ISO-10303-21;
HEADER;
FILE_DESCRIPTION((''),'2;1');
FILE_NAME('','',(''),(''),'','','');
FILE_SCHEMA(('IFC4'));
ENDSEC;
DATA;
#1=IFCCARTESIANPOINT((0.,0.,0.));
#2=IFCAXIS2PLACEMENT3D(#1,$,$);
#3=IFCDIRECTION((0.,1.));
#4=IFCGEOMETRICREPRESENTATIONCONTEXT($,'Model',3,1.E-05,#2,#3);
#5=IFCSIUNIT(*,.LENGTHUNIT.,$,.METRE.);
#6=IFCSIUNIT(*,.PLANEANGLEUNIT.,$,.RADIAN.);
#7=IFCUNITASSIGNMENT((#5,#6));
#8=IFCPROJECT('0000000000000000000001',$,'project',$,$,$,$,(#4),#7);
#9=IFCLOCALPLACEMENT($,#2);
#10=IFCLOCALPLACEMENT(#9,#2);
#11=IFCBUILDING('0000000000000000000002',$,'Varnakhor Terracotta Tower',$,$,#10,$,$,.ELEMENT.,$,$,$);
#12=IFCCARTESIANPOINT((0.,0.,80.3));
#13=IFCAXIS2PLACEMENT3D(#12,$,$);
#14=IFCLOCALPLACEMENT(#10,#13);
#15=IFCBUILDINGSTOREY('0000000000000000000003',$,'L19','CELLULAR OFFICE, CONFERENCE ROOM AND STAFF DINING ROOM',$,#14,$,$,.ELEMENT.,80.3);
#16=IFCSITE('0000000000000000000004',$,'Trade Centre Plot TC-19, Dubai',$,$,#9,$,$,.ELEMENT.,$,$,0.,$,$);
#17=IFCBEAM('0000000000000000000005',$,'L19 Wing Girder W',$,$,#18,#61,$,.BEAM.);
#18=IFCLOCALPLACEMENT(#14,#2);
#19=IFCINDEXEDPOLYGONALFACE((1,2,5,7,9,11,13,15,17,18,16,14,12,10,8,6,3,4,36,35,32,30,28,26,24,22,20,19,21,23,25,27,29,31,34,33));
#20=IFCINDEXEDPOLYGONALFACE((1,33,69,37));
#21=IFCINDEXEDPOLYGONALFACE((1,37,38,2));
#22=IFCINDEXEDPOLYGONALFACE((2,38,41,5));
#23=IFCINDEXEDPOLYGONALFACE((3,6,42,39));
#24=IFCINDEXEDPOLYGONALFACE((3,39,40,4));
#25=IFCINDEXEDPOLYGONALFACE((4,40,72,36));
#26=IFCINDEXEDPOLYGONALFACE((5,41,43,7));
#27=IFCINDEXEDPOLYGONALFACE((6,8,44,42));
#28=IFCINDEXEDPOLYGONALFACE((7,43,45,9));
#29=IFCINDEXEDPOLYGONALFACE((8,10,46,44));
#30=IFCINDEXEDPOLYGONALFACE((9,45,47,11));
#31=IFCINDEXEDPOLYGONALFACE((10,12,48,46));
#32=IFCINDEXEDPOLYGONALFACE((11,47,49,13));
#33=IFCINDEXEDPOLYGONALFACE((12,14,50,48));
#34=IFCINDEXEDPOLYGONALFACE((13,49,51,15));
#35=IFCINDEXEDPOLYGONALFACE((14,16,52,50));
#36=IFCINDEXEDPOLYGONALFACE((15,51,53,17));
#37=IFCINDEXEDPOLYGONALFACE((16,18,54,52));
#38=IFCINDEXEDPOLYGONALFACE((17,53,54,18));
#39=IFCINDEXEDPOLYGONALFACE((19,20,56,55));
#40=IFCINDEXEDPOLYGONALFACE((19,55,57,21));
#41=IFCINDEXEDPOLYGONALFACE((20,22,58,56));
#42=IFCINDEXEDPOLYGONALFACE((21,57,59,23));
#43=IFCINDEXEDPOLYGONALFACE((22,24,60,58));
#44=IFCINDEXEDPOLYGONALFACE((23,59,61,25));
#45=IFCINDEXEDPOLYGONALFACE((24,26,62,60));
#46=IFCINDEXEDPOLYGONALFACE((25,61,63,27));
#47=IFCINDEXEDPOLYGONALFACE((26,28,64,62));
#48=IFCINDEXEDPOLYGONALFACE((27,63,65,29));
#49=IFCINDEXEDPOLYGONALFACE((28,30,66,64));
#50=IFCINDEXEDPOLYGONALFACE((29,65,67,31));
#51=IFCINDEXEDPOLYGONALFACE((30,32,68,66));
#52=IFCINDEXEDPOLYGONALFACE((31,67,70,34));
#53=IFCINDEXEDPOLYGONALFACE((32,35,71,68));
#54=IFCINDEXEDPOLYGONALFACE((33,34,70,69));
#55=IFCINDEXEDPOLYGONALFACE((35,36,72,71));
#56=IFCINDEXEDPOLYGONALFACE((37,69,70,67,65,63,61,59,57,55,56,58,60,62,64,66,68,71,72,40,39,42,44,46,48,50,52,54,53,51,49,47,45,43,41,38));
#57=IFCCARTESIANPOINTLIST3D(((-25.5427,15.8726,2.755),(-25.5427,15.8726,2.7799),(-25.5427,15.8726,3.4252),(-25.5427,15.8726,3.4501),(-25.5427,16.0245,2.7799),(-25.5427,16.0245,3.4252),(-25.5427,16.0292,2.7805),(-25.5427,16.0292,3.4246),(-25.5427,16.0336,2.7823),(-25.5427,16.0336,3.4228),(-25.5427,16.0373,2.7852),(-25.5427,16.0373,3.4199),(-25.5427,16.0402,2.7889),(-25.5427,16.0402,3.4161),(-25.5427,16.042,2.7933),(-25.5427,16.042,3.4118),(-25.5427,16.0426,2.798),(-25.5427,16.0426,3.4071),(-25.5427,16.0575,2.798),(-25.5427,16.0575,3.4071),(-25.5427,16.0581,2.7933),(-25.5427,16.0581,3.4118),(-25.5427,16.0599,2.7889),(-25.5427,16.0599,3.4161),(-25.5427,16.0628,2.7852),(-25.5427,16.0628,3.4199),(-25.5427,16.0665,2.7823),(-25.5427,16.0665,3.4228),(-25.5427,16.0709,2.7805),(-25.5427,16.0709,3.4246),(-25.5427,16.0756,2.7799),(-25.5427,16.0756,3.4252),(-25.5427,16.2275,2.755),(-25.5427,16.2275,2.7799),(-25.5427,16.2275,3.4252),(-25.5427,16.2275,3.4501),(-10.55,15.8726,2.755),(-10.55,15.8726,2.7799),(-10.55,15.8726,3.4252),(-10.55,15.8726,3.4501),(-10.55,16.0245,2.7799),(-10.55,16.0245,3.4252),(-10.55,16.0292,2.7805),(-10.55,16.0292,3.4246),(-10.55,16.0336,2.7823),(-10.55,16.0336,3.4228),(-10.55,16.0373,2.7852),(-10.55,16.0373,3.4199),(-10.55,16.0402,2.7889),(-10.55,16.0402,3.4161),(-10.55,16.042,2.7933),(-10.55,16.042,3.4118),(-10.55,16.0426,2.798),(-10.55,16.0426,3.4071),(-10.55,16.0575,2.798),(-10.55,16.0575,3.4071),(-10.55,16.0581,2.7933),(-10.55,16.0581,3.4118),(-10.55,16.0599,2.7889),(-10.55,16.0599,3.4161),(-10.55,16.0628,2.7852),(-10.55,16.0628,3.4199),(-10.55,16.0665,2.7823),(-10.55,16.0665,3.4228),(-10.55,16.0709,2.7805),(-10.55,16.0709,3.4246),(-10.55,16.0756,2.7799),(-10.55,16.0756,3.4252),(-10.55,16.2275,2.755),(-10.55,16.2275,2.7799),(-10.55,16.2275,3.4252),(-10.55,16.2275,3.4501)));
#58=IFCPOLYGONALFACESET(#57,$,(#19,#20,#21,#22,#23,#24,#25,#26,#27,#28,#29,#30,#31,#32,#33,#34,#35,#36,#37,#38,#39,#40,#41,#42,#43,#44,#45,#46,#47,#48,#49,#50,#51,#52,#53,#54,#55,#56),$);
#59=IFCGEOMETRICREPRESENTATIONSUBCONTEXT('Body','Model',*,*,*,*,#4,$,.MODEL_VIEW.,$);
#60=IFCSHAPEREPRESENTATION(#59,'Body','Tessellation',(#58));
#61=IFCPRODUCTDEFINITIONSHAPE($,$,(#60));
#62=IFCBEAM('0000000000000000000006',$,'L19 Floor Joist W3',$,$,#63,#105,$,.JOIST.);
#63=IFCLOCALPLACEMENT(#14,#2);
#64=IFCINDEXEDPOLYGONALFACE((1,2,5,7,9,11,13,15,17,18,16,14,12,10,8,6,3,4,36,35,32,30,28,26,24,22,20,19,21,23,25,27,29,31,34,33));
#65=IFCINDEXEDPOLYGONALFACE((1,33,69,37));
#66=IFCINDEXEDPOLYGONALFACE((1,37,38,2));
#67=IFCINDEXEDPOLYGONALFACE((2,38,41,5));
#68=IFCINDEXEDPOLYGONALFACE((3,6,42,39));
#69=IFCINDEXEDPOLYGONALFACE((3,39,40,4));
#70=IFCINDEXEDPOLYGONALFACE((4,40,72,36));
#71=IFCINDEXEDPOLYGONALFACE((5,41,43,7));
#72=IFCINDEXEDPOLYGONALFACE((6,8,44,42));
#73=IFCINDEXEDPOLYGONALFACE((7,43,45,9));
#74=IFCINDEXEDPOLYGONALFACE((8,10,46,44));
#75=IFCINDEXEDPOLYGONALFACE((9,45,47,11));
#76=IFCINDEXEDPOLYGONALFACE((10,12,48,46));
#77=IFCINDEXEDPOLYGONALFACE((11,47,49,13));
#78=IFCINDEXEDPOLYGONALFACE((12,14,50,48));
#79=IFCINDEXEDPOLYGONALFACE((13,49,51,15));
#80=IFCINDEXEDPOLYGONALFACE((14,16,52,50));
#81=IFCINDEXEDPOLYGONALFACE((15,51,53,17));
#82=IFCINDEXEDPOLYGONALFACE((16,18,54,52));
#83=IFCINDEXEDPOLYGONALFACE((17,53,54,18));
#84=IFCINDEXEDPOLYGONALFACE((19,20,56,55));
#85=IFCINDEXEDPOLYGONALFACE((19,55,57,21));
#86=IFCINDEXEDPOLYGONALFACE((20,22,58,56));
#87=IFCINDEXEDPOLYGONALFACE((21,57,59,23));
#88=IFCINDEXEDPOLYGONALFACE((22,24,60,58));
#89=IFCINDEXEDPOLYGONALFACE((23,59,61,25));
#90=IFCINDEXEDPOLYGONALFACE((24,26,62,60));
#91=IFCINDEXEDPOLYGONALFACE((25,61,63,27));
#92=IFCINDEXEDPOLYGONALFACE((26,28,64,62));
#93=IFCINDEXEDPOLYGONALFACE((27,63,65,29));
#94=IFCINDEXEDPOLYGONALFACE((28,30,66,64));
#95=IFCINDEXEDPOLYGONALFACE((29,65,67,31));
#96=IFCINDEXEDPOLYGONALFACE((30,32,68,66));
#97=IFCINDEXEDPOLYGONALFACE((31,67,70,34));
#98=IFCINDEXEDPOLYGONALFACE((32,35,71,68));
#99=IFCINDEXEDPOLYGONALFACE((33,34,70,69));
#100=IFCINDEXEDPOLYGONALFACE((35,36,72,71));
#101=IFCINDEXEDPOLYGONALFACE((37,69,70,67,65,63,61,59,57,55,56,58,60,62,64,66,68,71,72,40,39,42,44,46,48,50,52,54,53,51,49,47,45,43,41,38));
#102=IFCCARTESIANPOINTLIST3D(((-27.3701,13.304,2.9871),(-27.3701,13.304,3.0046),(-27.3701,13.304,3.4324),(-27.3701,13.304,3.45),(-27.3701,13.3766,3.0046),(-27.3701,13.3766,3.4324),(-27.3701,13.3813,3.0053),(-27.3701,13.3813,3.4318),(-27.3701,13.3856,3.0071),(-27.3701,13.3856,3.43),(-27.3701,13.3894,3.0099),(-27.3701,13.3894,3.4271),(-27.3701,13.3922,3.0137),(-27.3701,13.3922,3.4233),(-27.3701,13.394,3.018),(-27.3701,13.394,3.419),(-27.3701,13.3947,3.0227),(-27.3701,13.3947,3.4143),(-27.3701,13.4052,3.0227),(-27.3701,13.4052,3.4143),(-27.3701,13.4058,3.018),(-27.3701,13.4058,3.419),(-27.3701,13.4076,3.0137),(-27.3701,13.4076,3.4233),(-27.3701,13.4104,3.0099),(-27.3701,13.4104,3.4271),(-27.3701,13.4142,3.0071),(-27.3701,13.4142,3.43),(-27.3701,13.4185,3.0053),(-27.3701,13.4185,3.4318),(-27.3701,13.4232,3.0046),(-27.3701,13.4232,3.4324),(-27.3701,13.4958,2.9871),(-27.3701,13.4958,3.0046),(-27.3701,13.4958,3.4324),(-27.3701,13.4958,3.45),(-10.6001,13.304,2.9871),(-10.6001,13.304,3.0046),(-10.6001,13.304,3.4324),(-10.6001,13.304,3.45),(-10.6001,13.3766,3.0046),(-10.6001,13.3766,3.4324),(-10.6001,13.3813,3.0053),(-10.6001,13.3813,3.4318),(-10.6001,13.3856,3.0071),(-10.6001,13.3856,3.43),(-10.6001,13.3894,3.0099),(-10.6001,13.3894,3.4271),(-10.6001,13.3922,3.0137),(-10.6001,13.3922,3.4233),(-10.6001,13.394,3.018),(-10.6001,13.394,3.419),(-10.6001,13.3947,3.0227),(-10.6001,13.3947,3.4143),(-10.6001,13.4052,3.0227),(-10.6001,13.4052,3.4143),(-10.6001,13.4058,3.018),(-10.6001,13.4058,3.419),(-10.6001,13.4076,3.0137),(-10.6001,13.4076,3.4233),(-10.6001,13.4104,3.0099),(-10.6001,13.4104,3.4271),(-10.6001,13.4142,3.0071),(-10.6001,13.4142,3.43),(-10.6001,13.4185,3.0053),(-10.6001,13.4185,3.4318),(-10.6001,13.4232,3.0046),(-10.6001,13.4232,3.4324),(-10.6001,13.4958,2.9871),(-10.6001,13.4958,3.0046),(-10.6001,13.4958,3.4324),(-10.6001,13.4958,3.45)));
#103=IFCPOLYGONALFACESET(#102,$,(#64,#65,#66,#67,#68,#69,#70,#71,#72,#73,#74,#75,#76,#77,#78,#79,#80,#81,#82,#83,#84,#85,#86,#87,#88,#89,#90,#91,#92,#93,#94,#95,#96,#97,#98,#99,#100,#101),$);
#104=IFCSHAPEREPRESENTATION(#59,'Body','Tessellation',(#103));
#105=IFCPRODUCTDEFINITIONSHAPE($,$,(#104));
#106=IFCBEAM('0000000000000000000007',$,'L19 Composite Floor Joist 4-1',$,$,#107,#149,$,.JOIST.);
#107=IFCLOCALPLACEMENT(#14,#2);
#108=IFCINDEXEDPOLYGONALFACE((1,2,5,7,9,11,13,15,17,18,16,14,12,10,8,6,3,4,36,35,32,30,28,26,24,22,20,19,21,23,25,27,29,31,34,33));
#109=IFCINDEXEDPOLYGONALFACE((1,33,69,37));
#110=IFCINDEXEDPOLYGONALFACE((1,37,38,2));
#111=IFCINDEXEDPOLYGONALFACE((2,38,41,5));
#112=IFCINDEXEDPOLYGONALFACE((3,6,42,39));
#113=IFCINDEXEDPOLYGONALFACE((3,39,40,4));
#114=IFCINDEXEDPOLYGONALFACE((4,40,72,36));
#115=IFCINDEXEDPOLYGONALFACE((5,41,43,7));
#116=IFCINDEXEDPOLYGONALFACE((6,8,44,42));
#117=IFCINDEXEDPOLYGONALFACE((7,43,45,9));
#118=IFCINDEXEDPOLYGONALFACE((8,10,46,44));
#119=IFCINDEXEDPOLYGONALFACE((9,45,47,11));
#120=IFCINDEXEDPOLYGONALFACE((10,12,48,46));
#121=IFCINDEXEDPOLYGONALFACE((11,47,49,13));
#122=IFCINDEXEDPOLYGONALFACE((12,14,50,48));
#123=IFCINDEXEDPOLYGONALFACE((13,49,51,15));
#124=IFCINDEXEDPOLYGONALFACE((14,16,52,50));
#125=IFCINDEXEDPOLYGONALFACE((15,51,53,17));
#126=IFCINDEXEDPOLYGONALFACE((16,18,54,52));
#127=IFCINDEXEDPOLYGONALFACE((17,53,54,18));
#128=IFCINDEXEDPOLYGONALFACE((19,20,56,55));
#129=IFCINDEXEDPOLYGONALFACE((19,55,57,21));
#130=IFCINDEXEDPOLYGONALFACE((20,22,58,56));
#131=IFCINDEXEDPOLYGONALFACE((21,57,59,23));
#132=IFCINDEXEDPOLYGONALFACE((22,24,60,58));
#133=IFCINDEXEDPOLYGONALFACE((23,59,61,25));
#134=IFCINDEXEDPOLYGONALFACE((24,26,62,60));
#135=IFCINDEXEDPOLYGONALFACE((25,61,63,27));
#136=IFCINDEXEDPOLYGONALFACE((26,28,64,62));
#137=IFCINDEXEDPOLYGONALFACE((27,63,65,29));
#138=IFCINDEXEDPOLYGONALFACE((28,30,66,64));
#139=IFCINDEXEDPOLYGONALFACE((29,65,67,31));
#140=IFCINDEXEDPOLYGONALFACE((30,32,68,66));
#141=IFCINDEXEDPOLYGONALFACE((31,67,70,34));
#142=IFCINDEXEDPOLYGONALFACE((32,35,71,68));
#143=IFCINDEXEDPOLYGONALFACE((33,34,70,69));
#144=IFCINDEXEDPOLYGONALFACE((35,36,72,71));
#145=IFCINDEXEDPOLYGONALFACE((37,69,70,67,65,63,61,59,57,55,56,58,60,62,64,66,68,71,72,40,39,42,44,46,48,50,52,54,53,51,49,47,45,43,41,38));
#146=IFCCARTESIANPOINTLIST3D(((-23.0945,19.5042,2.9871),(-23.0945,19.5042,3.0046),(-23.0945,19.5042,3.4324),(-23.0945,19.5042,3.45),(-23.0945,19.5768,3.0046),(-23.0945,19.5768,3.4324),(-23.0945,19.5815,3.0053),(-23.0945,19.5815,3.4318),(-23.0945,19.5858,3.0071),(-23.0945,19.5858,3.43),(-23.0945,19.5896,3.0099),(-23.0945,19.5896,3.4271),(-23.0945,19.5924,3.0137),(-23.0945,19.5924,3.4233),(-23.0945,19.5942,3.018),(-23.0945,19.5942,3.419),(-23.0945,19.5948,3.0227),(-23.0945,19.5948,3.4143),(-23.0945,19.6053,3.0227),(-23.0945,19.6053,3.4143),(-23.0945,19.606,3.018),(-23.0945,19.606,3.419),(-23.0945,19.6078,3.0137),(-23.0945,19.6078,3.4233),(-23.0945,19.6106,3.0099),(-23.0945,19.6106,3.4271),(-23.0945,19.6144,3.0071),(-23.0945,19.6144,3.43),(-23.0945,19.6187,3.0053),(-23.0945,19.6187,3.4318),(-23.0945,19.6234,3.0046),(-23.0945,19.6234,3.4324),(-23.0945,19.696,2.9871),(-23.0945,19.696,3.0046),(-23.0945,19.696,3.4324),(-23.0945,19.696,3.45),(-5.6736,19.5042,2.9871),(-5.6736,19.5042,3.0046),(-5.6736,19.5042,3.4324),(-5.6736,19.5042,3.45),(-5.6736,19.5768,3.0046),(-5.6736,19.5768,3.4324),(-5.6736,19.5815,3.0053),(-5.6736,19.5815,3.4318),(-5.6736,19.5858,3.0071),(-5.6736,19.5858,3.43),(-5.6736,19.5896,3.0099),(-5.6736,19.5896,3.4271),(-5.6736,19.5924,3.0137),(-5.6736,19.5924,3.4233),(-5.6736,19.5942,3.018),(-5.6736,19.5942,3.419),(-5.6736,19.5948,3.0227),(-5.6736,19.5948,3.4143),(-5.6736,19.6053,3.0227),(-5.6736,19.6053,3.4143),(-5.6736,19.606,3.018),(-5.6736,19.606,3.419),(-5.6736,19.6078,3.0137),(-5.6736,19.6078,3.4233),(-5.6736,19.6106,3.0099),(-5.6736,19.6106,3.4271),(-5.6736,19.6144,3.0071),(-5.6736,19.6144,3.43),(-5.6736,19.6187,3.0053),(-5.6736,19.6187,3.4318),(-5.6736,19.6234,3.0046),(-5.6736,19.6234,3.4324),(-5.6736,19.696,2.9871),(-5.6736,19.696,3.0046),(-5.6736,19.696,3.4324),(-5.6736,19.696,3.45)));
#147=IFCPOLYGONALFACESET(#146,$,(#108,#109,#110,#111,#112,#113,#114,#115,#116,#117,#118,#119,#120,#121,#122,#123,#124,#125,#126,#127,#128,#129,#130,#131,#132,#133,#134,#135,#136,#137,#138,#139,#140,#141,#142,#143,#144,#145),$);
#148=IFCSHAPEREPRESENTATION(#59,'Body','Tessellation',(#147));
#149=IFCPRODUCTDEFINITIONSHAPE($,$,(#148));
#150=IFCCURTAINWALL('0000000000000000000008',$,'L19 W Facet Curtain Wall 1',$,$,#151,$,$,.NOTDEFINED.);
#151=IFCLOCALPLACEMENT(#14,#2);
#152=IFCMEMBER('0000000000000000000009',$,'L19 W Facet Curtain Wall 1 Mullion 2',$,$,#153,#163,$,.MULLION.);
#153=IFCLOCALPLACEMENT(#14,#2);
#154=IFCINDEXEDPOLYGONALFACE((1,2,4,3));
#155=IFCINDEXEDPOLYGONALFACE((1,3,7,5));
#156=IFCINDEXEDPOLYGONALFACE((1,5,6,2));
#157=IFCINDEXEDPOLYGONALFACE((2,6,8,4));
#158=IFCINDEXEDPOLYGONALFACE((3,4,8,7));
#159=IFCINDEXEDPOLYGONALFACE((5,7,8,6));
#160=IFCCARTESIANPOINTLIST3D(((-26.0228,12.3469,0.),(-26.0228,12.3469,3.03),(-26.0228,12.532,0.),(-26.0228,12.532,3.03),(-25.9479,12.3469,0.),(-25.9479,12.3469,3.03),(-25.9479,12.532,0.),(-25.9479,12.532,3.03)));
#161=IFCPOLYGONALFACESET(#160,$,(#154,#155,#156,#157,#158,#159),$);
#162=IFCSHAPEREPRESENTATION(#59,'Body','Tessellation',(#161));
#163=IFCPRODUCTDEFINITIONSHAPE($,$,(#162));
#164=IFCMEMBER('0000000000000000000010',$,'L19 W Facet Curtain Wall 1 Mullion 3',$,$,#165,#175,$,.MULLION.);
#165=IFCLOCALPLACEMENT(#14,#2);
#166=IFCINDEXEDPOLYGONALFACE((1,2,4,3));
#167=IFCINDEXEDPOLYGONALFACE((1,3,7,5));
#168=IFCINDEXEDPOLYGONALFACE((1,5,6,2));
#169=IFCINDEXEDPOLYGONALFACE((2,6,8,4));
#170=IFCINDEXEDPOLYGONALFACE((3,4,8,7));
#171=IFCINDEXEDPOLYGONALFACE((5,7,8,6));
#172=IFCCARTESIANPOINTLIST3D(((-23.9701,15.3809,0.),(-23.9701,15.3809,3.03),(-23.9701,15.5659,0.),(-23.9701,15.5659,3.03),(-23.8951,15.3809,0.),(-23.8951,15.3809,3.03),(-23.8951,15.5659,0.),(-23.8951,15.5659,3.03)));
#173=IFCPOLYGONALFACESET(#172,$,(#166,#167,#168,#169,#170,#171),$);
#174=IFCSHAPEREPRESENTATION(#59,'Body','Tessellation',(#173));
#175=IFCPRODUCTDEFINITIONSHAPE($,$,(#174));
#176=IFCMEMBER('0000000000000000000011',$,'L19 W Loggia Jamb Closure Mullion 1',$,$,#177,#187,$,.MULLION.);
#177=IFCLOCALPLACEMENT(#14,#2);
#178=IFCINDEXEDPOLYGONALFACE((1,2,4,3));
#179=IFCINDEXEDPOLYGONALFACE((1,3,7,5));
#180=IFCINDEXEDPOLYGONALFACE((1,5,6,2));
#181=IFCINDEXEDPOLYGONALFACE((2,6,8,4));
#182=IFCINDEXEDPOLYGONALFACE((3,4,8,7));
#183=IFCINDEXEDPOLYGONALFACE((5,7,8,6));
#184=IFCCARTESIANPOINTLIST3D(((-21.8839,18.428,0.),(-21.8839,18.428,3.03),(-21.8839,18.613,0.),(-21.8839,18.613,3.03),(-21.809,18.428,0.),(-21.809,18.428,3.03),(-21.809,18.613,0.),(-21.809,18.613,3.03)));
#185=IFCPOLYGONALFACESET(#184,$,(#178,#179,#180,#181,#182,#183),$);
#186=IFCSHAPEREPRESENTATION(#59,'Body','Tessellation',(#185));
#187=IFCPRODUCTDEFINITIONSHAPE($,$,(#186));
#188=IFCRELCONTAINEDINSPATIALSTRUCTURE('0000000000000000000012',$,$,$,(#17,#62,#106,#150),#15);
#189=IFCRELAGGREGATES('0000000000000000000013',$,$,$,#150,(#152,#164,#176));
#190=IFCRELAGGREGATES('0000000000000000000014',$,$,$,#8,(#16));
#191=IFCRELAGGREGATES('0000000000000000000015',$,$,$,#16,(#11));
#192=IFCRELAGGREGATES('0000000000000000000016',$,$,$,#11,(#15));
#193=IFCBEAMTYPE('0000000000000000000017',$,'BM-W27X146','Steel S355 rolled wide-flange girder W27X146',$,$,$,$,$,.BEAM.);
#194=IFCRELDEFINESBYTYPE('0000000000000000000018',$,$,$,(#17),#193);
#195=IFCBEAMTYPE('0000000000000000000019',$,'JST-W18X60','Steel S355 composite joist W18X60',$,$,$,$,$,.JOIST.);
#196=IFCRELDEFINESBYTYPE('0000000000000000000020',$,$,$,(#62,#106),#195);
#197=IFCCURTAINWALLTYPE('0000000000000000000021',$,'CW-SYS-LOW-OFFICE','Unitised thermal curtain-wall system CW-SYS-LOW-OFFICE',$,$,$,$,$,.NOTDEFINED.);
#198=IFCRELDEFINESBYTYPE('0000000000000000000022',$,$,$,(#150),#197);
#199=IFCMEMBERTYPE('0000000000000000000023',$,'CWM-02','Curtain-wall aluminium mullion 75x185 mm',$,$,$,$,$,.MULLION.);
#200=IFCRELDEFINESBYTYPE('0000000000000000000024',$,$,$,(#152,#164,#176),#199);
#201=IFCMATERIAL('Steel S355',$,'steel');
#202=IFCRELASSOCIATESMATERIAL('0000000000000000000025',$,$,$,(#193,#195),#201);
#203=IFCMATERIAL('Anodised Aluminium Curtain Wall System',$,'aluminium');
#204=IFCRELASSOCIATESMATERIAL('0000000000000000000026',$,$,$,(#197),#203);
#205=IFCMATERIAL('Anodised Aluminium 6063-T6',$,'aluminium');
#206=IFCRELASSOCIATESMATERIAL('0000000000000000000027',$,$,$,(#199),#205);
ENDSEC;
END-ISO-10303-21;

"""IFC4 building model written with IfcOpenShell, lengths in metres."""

from ifc_helpers import new_model, si_unit, direction, frame, origin, origin_2d, place, context, subcontext, project, spatial, rectangle, i_section, extrude, source, transform, mapped, material, material_profile, profile_set, type_object, type_shapes, element, aggregate, save


model = new_model("IFC4")

# Units and contexts
model_context = context("Model", 3, precision=1e-05, world=origin(), true_north=direction((0.0, 1.0)))
body_context = subcontext(model_context, "Body", "Model", "MODEL_VIEW")
ifc_project = project(units=[si_unit("LENGTHUNIT", "METRE"), si_unit("PLANEANGLEUNIT", "RADIAN")], contexts=[model_context])

# Site, building, storey
site_placement = place(None, origin())
site = spatial("IfcSite", under=ifc_project, at=site_placement, Name="Trade Centre Plot TC-19, Dubai", CompositionType="ELEMENT", RefElevation=0.0)
building_placement = place(site_placement, origin())
building = spatial("IfcBuilding", under=site, at=building_placement, Name="Varnakhor Terracotta Tower", CompositionType="ELEMENT")
storey_placement = place(building_placement, frame((0.0, 0.0, 80.3)))
storey = spatial("IfcBuildingStorey", under=building, at=storey_placement, Name="L19", Description="CELLULAR OFFICE, CONFERENCE ROOM AND STAFF DINING ROOM", CompositionType="ELEMENT", Elevation=80.3)

# Beams
ifc_material_1 = material(Name="Steel S355", Category="steel")
ifc_material_profile_1 = material_profile(ifc_material_1, i_section(OverallWidth=0.355, OverallDepth=0.6951, WebThickness=0.0149, FlangeThickness=0.0249, FilletRadius=0.0181, at=origin_2d()), Name="W27X146")
ifc_profile_set_1 = profile_set([ifc_material_profile_1], Name="Steel S355")
beam_type_1 = type_object("IfcBeamType", Name="BM-W27X146", Description="Steel S355 rolled wide-flange girder W27X146", PredefinedType="BEAM", material=ifc_profile_set_1)
shared_shape_1 = source(origin(), body_context, "Body", "SweptSolid", [
    extrude(i_section(OverallWidth=0.355, OverallDepth=0.6951, WebThickness=0.0149, FlangeThickness=0.0249, FilletRadius=0.0181, at=origin_2d()), origin(), (0.0, 0.0, 1.0), 14.9927),
])
beam_1_placement = place(storey_placement, frame((-25.5427, 16.05, 3.1025), z_axis=(1.0, 0.0, 0.0), x_axis=(0.0, 1.0, 0.0)))
element("IfcBeam", 1, at=beam_1_placement, inside=storey, type_object=beam_type_1, Name="L19 Wing Girder W", PredefinedType="BEAM", context=body_context, shape_type="MappedRepresentation", body=[
    mapped(shared_shape_1, transform((0.0, 0.0, 0.0), scale=1.0)),
])
ifc_material_profile_2 = material_profile(ifc_material_1, i_section(OverallWidth=0.1919, OverallDepth=0.4629, WebThickness=0.0105, FlangeThickness=0.0176, FilletRadius=0.0181, at=origin_2d()), Name="W18X60")
ifc_profile_set_2 = profile_set([ifc_material_profile_2], Name="Steel S355")
beam_type_2 = type_object("IfcBeamType", Name="JST-W18X60", Description="Steel S355 composite joist W18X60", PredefinedType="JOIST", material=ifc_profile_set_2)
shared_shape_2 = source(origin(), body_context, "Body", "SweptSolid", [
    extrude(i_section(OverallWidth=0.1919, OverallDepth=0.4629, WebThickness=0.0105, FlangeThickness=0.0176, FilletRadius=0.0181, at=origin_2d()), origin(), (0.0, 0.0, 1.0), 16.77),
])
beam_2_placement = place(storey_placement, frame((-27.3701, 13.3999, 3.2185), z_axis=(1.0, 0.0, 0.0), x_axis=(0.0, 1.0, 0.0)))
element("IfcBeam", 2, at=beam_2_placement, inside=storey, type_object=beam_type_2, Name="L19 Floor Joist W3", PredefinedType="JOIST", context=body_context, shape_type="MappedRepresentation", body=[
    mapped(shared_shape_2, transform((0.0, 0.0, 0.0), scale=1.0)),
])
shared_shape_3 = source(origin(), body_context, "Body", "SweptSolid", [
    extrude(i_section(OverallWidth=0.1919, OverallDepth=0.4629, WebThickness=0.0105, FlangeThickness=0.0176, FilletRadius=0.0181, at=origin_2d()), origin(), (0.0, 0.0, 1.0), 17.4209),
])
beam_3_placement = place(storey_placement, frame((-23.0945, 19.6001, 3.2185), z_axis=(1.0, 0.0, 0.0), x_axis=(0.0, 1.0, 0.0)))
element("IfcBeam", 3, at=beam_3_placement, inside=storey, type_object=beam_type_2, Name="L19 Composite Floor Joist 4-1", PredefinedType="JOIST", context=body_context, shape_type="MappedRepresentation", body=[
    mapped(shared_shape_3, transform((0.0, 0.0, 0.0), scale=1.0)),
])

# Curtain wall, members
ifc_material_2 = material(Name="Anodised Aluminium Curtain Wall System", Category="aluminium")
curtain_wall_type = type_object("IfcCurtainWallType", Name="CW-SYS-LOW-OFFICE", Description="Unitised thermal curtain-wall system CW-SYS-LOW-OFFICE", PredefinedType="NOTDEFINED", material=ifc_material_2)
curtain_wall_placement = place(storey_placement, origin())
curtain_wall = element("IfcCurtainWall", 4, at=curtain_wall_placement, inside=storey, type_object=curtain_wall_type, Name="L19 W Facet Curtain Wall 1", PredefinedType="NOTDEFINED")
ifc_material_3 = material(Name="Anodised Aluminium 6063-T6", Category="aluminium")
ifc_material_profile_3 = material_profile(ifc_material_3, rectangle(XDim=0.075, YDim=0.1851, at=origin_2d()), Name="ALU MULLION 75x185")
ifc_profile_set_3 = profile_set([ifc_material_profile_3], Name="Anodised Aluminium 6063-T6")
member_type_1 = type_object("IfcMemberType", Name="CWM-02", Description="Curtain-wall aluminium mullion 75x185 mm", PredefinedType="MULLION", material=ifc_profile_set_3)
shared_shape_4 = source(origin(), body_context, "Body", "SweptSolid", [
    extrude(rectangle(XDim=0.075, YDim=0.1851, at=origin_2d()), origin(), (0.0, 0.0, 1.0), 3.03),
])
type_shapes(member_type_1, [shared_shape_4])
member_1_placement = place(storey_placement, frame((-25.9854, 12.4395, 0.0), z_axis=(0.0, 0.0, 1.0), x_axis=(1.0, 0.0, 0.0)))
member_1 = element("IfcMember", 5, at=member_1_placement, type_object=member_type_1, Name="L19 W Facet Curtain Wall 1 Mullion 2", PredefinedType="MULLION", context=body_context, shape_type="MappedRepresentation", body=[
    mapped(shared_shape_4, transform((0.0, 0.0, 0.0), scale=1.0)),
])
member_2_placement = place(storey_placement, frame((-23.9326, 15.4734, 0.0), z_axis=(0.0, 0.0, 1.0), x_axis=(1.0, 0.0, 0.0)))
member_2 = element("IfcMember", 6, at=member_2_placement, type_object=member_type_1, Name="L19 W Facet Curtain Wall 1 Mullion 3", PredefinedType="MULLION", context=body_context, shape_type="MappedRepresentation", body=[
    mapped(shared_shape_4, transform((0.0, 0.0, 0.0), scale=1.0)),
])
member_3_placement = place(storey_placement, frame((-21.8464, 18.5205, 0.0), z_axis=(0.0, 0.0, 1.0), x_axis=(1.0, 0.0, 0.0)))
member_3 = element("IfcMember", 7, at=member_3_placement, type_object=member_type_1, Name="L19 W Loggia Jamb Closure Mullion 1", PredefinedType="MULLION", context=body_context, shape_type="MappedRepresentation", body=[
    mapped(shared_shape_4, transform((0.0, 0.0, 0.0), scale=1.0)),
])

aggregate(curtain_wall, [member_1, member_2, member_3])

save(model, "model.ifc")
